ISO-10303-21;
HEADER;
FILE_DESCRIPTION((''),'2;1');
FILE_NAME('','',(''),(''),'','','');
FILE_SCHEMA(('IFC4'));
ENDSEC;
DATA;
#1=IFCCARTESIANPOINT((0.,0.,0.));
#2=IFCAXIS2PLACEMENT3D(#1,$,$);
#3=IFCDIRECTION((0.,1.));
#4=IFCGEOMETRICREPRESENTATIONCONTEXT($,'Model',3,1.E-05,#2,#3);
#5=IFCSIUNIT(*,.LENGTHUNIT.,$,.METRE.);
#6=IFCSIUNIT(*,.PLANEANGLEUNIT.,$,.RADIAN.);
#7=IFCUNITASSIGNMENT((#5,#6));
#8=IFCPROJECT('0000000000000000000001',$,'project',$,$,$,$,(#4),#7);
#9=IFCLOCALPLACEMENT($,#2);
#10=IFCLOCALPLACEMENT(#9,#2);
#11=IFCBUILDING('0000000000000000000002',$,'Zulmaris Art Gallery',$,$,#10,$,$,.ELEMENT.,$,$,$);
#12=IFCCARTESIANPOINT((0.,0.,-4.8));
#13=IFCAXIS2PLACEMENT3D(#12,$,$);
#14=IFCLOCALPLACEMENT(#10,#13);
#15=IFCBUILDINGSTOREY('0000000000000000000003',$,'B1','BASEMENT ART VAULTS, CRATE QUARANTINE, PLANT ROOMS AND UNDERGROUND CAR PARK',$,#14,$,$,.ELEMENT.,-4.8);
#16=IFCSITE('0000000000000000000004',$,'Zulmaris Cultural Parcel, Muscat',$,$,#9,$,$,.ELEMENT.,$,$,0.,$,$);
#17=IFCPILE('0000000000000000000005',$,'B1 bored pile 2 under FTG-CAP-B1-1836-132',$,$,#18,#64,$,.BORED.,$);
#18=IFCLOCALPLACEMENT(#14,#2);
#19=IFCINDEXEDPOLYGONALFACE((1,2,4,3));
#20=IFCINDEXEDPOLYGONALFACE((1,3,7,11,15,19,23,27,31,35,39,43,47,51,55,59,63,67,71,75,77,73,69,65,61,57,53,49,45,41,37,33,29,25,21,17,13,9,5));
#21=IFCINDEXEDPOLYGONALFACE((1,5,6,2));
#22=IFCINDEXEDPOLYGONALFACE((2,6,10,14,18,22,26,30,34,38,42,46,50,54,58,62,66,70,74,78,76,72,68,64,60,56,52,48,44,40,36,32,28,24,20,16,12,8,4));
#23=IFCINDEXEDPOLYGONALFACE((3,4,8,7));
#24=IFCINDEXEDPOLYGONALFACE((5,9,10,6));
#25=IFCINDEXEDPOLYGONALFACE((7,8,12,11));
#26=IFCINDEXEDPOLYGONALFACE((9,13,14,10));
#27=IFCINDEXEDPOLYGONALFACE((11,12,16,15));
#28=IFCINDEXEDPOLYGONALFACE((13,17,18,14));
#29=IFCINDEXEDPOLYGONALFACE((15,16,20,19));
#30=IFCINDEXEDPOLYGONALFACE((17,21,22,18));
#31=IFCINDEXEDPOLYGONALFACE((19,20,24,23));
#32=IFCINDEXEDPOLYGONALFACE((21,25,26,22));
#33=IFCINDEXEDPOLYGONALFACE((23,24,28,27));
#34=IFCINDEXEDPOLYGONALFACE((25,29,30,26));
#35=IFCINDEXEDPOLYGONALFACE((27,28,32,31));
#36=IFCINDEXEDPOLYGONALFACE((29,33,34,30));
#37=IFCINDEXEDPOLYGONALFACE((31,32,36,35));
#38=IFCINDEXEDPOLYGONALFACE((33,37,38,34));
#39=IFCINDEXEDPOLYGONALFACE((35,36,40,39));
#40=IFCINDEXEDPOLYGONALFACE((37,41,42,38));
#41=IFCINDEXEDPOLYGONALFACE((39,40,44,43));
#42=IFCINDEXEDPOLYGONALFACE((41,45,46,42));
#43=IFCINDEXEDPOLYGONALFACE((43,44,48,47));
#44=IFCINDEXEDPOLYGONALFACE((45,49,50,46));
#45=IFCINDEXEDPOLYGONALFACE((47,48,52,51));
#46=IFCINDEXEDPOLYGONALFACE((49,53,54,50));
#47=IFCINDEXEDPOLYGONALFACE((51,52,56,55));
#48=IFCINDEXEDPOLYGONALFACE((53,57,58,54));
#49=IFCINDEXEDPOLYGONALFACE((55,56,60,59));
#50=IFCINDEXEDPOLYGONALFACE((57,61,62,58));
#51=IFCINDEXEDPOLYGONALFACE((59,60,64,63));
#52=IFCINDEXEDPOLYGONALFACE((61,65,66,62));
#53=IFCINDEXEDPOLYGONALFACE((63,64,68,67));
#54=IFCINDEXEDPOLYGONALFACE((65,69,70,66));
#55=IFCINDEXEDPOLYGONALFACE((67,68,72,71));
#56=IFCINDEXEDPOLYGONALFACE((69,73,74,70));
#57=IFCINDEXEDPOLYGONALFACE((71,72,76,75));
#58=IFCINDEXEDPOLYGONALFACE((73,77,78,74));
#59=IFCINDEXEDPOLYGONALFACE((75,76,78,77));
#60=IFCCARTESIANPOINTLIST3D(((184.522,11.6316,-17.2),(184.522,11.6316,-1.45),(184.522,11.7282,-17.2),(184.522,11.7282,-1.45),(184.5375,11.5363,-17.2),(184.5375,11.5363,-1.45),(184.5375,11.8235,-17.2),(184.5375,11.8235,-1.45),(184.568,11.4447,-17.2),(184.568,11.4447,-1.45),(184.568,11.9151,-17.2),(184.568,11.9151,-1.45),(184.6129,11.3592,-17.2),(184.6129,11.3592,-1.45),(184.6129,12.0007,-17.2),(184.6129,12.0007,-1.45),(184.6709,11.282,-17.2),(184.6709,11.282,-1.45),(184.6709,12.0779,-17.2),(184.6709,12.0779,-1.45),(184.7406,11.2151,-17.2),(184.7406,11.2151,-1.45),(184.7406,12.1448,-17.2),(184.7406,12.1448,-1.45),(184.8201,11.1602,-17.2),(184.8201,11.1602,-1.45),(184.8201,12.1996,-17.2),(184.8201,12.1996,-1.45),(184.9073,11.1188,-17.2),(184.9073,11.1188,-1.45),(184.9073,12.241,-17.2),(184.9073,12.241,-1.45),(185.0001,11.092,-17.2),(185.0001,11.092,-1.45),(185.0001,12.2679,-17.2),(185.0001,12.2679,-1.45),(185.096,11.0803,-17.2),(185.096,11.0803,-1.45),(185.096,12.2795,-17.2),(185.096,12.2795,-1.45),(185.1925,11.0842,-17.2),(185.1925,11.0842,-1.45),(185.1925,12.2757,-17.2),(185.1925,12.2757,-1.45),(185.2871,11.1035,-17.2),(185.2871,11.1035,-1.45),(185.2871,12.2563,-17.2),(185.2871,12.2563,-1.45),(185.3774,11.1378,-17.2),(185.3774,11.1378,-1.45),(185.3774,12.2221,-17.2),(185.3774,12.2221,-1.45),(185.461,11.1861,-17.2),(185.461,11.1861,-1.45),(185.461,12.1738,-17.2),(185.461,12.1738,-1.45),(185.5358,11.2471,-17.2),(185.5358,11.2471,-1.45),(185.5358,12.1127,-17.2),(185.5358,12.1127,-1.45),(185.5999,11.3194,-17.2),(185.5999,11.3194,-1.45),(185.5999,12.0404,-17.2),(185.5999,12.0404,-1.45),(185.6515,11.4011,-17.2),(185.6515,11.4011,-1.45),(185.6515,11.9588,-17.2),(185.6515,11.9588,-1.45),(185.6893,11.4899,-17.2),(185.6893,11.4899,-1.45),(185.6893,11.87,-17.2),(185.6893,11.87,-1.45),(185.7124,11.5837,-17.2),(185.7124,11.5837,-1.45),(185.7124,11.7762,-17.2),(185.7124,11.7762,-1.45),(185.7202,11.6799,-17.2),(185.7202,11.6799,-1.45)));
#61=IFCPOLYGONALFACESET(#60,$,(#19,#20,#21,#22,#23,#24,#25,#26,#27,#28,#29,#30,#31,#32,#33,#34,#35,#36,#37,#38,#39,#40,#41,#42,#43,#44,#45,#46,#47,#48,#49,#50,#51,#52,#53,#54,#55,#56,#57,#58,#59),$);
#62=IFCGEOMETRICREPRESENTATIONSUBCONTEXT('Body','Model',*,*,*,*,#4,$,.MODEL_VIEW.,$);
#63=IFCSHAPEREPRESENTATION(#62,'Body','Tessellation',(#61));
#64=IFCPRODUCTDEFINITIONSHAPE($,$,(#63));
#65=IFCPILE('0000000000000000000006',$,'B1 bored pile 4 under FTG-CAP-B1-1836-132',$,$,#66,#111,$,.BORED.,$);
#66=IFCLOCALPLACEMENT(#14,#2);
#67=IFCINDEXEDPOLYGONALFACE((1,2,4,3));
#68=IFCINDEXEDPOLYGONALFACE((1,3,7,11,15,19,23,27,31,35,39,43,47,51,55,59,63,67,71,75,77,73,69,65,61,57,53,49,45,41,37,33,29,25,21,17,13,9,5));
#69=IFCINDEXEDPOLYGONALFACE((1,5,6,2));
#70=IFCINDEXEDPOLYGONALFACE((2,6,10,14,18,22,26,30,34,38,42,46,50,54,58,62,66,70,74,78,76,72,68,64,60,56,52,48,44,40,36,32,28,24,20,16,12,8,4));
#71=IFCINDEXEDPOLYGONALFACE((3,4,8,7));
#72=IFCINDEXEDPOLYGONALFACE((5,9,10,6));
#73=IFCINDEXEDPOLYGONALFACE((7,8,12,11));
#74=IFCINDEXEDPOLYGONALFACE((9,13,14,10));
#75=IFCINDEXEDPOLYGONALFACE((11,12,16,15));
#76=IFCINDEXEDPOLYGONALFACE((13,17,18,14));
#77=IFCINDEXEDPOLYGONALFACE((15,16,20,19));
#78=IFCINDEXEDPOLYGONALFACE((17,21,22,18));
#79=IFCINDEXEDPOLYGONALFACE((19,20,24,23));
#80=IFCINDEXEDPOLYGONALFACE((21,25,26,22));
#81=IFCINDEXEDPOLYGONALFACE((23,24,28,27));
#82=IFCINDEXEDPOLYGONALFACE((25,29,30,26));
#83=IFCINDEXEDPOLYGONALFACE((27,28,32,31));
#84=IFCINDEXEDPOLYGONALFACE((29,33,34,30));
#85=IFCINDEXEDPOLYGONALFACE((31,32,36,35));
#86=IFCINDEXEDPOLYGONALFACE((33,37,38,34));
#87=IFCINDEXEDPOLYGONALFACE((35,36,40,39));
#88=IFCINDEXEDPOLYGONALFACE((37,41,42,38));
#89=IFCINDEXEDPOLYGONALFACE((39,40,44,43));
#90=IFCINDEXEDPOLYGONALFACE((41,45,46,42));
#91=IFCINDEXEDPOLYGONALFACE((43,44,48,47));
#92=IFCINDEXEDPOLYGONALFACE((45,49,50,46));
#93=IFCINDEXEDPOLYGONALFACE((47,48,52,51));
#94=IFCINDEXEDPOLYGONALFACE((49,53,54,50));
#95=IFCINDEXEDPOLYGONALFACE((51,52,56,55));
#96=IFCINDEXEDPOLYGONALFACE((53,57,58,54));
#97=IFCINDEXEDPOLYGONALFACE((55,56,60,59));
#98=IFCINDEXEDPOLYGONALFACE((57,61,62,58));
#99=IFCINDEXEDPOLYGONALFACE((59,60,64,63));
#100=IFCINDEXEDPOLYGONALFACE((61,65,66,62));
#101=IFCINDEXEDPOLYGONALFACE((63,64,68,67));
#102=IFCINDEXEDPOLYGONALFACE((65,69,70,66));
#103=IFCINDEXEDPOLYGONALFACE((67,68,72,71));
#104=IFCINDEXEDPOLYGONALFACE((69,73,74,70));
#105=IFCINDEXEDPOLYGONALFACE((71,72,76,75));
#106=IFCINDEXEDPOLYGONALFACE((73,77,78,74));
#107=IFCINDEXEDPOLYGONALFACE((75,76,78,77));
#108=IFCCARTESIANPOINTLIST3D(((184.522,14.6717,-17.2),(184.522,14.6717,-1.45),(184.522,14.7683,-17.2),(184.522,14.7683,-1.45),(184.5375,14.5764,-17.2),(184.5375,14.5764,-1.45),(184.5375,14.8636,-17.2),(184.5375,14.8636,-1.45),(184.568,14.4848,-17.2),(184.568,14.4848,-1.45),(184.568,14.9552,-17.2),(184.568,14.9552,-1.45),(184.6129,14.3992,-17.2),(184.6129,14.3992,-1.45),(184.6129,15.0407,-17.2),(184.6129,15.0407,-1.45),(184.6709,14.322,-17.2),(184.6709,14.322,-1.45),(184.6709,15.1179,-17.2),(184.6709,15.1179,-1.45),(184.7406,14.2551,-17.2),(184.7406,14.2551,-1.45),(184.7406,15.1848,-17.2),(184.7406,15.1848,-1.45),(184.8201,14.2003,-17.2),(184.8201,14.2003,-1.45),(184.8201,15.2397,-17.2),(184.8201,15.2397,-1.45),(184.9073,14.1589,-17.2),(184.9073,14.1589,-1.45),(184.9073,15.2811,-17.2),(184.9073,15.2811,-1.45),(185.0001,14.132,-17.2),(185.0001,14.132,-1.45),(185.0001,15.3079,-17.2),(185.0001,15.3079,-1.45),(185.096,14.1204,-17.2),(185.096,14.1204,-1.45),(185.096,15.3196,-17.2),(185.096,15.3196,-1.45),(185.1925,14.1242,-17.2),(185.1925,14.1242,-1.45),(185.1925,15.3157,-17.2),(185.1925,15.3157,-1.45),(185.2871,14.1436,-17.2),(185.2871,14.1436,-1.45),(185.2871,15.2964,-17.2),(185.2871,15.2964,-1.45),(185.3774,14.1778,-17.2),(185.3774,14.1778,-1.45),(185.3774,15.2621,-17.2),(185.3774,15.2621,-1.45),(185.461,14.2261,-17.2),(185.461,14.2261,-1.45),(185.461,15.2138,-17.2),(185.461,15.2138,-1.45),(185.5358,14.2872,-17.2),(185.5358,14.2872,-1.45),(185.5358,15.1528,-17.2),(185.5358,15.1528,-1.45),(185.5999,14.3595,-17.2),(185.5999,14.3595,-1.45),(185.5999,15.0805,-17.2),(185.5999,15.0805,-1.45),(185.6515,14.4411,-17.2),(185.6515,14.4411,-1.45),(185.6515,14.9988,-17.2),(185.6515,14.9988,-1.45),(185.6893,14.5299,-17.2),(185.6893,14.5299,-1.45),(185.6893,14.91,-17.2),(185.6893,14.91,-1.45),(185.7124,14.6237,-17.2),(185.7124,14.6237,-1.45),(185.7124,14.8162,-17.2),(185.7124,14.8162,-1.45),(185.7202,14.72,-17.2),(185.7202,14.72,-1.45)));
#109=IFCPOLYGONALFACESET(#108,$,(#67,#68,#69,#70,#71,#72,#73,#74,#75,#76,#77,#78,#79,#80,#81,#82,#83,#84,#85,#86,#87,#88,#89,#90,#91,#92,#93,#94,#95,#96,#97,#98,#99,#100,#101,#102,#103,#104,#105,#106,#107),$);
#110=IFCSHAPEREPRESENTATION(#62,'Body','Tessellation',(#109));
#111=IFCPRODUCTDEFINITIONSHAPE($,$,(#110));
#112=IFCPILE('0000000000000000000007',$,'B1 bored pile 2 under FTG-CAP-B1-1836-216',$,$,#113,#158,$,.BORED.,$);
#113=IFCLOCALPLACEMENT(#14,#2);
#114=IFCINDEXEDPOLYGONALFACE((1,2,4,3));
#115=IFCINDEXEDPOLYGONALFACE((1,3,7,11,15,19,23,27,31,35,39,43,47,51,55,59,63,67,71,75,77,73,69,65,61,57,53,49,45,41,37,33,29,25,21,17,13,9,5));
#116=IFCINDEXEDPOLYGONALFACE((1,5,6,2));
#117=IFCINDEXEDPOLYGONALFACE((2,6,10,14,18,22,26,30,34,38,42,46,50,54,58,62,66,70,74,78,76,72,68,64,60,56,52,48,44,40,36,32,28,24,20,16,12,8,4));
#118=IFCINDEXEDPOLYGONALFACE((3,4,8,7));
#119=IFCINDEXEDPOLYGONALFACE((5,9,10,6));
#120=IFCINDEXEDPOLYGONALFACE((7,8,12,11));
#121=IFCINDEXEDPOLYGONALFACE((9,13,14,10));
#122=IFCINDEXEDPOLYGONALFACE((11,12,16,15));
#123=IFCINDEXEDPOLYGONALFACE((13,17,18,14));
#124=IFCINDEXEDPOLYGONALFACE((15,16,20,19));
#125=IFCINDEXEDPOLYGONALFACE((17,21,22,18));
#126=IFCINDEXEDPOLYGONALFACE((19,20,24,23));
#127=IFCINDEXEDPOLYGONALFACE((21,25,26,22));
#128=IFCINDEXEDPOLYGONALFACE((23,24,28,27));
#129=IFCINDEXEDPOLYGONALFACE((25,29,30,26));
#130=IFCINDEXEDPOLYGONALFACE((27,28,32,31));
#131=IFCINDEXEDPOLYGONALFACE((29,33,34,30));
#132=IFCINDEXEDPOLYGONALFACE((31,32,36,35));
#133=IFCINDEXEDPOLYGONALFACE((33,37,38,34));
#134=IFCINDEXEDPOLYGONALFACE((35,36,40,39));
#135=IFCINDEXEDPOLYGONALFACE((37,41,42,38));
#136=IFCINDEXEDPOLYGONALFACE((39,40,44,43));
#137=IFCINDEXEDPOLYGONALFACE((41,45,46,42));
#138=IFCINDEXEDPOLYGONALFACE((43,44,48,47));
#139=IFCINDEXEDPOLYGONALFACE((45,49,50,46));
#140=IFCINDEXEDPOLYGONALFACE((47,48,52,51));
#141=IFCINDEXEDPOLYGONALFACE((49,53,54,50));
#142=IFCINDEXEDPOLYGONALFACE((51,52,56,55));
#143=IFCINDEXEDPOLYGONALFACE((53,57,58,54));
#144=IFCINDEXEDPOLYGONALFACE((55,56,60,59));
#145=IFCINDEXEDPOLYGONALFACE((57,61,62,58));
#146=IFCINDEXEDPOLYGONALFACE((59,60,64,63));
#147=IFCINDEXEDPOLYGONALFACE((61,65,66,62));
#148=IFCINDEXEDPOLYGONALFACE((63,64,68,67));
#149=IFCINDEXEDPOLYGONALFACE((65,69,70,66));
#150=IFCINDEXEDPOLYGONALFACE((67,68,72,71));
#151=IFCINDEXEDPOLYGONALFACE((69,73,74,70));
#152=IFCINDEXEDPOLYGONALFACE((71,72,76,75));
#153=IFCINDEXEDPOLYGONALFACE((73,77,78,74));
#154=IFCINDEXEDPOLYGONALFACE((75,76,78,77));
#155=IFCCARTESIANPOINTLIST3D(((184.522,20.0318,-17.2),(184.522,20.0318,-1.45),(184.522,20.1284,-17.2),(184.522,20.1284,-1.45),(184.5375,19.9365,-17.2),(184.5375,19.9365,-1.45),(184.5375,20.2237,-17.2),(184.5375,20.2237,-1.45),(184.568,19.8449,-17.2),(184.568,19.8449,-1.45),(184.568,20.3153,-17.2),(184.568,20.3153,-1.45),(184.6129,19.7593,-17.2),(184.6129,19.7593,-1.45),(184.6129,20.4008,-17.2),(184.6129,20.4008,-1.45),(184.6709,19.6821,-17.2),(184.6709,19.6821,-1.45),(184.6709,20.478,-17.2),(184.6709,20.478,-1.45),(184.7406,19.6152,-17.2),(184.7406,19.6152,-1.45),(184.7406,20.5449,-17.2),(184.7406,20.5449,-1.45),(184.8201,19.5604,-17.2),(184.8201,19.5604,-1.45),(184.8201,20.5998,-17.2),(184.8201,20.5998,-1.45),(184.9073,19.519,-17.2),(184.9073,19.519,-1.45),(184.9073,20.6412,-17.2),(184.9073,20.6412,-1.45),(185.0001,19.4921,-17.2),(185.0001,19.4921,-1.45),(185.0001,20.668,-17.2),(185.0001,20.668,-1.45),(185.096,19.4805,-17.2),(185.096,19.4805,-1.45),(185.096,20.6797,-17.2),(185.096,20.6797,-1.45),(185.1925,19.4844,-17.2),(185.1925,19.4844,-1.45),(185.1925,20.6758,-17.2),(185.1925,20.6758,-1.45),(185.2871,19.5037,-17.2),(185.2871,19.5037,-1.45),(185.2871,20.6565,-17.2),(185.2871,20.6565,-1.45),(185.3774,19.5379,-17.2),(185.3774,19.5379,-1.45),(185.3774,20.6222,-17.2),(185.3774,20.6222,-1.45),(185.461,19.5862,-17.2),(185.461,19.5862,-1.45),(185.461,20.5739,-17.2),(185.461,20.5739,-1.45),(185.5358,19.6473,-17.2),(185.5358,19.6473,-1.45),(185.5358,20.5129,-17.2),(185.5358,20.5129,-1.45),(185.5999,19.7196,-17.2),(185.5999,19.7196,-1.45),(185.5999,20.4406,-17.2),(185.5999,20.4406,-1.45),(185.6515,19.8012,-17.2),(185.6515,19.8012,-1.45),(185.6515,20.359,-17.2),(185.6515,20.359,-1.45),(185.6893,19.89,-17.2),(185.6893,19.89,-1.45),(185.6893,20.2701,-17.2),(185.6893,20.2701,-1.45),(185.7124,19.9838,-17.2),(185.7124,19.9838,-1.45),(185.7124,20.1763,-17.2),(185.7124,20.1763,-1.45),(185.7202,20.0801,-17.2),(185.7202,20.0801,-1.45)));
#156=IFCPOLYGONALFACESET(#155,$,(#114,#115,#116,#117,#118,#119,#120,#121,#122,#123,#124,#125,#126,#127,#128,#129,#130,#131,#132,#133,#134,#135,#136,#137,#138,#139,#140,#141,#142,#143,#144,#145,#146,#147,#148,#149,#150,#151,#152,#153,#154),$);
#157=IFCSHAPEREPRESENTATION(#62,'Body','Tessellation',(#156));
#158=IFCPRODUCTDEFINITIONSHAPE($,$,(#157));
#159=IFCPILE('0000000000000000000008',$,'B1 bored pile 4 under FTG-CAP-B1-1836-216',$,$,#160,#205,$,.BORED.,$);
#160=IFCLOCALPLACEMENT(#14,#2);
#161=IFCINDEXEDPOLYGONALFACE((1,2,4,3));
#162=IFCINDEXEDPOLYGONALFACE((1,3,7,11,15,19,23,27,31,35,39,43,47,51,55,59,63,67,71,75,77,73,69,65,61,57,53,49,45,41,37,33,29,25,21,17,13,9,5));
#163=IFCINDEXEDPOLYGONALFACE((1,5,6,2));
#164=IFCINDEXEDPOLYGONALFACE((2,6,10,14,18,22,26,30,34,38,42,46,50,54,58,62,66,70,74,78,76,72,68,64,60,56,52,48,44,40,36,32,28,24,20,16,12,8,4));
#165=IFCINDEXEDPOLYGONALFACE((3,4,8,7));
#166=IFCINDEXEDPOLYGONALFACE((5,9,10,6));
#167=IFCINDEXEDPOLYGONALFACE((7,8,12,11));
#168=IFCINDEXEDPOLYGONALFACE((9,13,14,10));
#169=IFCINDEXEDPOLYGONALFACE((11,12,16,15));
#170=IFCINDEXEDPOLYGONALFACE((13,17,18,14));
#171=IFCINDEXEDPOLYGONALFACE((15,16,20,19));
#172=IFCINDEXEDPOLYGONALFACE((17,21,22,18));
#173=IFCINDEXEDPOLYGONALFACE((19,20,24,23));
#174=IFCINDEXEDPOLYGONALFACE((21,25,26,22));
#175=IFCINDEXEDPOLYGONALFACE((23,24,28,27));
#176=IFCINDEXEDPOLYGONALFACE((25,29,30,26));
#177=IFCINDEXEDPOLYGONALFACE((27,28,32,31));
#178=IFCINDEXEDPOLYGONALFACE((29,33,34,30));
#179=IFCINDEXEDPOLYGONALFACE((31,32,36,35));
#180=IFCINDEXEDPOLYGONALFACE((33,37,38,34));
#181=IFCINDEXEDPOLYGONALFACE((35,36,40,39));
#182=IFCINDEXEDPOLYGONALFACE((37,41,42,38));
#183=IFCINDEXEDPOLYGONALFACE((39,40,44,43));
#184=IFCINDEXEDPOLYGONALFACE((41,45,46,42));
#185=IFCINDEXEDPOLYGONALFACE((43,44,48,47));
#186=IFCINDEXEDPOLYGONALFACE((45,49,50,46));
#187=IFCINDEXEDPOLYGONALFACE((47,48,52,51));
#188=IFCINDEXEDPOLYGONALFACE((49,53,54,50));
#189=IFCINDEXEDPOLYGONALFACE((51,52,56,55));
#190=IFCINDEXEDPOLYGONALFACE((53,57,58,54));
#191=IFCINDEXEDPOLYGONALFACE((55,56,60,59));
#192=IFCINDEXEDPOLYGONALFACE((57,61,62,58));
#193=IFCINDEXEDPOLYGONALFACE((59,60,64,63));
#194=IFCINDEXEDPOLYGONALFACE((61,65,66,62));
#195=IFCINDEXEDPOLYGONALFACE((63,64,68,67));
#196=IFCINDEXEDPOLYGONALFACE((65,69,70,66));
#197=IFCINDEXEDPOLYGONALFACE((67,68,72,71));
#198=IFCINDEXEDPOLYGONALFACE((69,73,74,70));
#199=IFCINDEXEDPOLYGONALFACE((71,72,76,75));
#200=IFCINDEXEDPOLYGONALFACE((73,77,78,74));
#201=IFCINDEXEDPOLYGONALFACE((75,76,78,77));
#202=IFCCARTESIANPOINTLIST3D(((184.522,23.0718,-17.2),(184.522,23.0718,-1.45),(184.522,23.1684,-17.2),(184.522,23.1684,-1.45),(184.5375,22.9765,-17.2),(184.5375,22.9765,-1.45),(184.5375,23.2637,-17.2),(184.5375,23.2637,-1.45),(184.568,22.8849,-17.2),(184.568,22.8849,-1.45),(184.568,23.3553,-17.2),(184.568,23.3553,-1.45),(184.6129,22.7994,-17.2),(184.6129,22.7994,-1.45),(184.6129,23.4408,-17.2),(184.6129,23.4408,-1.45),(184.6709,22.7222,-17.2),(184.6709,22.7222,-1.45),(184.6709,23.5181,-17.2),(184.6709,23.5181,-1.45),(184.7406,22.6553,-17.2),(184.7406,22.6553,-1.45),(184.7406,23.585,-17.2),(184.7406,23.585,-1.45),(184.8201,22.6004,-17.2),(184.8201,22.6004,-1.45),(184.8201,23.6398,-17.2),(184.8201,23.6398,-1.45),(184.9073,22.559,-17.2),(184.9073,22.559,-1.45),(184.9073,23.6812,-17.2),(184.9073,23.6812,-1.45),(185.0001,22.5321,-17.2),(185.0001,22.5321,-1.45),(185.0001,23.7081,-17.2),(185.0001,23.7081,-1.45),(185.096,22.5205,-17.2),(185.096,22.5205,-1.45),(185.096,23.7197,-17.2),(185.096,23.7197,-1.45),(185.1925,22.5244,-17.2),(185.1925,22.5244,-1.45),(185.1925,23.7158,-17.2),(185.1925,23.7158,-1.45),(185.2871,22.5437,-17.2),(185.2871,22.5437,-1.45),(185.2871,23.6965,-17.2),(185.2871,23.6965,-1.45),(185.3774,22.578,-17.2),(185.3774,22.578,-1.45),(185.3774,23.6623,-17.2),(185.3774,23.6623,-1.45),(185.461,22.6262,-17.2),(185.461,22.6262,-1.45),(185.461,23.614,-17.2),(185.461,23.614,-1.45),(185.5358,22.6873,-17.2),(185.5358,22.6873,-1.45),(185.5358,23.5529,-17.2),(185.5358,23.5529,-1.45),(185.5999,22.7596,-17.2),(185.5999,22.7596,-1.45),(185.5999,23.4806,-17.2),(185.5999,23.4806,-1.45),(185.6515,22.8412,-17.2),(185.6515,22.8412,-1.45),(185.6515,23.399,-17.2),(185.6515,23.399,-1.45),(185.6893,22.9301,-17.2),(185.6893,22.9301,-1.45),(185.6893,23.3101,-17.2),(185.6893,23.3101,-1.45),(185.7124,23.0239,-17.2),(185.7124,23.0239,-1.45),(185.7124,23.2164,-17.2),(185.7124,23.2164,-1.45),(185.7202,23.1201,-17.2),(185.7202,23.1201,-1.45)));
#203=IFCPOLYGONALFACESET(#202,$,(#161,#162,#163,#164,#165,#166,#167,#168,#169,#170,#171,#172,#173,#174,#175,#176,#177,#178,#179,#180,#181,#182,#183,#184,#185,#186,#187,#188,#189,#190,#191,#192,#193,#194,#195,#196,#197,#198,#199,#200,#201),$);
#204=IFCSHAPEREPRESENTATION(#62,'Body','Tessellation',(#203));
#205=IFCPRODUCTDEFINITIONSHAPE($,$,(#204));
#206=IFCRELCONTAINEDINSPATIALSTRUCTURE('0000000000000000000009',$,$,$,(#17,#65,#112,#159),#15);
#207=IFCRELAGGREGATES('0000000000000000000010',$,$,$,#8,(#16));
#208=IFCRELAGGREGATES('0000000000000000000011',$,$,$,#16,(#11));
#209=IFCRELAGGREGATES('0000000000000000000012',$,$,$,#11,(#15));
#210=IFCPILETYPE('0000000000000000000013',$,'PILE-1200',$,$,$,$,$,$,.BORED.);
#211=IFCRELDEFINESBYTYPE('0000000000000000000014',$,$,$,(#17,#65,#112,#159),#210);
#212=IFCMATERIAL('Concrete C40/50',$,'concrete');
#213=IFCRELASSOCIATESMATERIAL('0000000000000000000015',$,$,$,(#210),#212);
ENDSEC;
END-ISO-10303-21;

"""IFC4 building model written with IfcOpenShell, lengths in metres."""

from ifc_helpers import new_model, si_unit, direction, frame, origin, origin_2d, place, context, subcontext, project, spatial, circle, extrude, material, material_profile, profile_set, type_object, element, save


model = new_model("IFC4")

# Units and contexts
model_context = context("Model", 3, precision=1e-05, world=origin(), true_north=direction((0.0, 1.0)))
body_context = subcontext(model_context, "Body", "Model", "MODEL_VIEW")
ifc_project = project(units=[si_unit("LENGTHUNIT", "METRE"), si_unit("PLANEANGLEUNIT", "RADIAN")], contexts=[model_context])

# Site, building, storey
site_placement = place(None, origin())
site = spatial("IfcSite", under=ifc_project, at=site_placement, Name="Zulmaris Cultural Parcel, Muscat", CompositionType="ELEMENT", RefElevation=0.0)
building_placement = place(site_placement, origin())
building = spatial("IfcBuilding", under=site, at=building_placement, Name="Zulmaris Art Gallery", CompositionType="ELEMENT")
storey_placement = place(building_placement, frame((0.0, 0.0, -4.8)))
storey = spatial("IfcBuildingStorey", under=building, at=storey_placement, Name="B1", Description="BASEMENT ART VAULTS, CRATE QUARANTINE, PLANT ROOMS AND UNDERGROUND CAR PARK", CompositionType="ELEMENT", Elevation=-4.8)

# Piles
ifc_material_1 = material(Name="Concrete C40/50", Category="concrete")
ifc_material_profile_1 = material_profile(ifc_material_1, circle(Radius=0.6001, at=origin_2d()), Name="PILE DIA 1200")
ifc_profile_set_1 = profile_set([ifc_material_profile_1], Name="Concrete C40/50")
pile_type = type_object("IfcPileType", Name="PILE-1200", PredefinedType="BORED", material=ifc_profile_set_1)
for number, where, z_axis, x_axis, name in (
    (1, (185.1201, 11.6799, -1.45), (0.0, 0.0, -1.0), (1.0, 0.0, 0.0), "B1 bored pile 2 under FTG-CAP-B1-1836-132"),
    (2, (185.1201, 14.72, -1.45), (0.0, 0.0, -1.0), (1.0, 0.0, 0.0), "B1 bored pile 4 under FTG-CAP-B1-1836-132"),
    (3, (185.1201, 20.0801, -1.45), (0.0, 0.0, -1.0), (1.0, 0.0, 0.0), "B1 bored pile 2 under FTG-CAP-B1-1836-216"),
    (4, (185.1201, 23.1201, -1.45), (0.0, 0.0, -1.0), (1.0, 0.0, 0.0), "B1 bored pile 4 under FTG-CAP-B1-1836-216"),
):
    element("IfcPile", number, at=place(storey_placement, frame(where, z_axis=z_axis, x_axis=x_axis)), inside=storey, type_object=pile_type, Name=name, PredefinedType="BORED", context=body_context, shape_type="SweptSolid", body=[
        extrude(circle(Radius=0.6001, at=origin_2d()), origin(), (0.0, 0.0, 1.0), 15.75),
    ])

save(model, "model.ifc")
